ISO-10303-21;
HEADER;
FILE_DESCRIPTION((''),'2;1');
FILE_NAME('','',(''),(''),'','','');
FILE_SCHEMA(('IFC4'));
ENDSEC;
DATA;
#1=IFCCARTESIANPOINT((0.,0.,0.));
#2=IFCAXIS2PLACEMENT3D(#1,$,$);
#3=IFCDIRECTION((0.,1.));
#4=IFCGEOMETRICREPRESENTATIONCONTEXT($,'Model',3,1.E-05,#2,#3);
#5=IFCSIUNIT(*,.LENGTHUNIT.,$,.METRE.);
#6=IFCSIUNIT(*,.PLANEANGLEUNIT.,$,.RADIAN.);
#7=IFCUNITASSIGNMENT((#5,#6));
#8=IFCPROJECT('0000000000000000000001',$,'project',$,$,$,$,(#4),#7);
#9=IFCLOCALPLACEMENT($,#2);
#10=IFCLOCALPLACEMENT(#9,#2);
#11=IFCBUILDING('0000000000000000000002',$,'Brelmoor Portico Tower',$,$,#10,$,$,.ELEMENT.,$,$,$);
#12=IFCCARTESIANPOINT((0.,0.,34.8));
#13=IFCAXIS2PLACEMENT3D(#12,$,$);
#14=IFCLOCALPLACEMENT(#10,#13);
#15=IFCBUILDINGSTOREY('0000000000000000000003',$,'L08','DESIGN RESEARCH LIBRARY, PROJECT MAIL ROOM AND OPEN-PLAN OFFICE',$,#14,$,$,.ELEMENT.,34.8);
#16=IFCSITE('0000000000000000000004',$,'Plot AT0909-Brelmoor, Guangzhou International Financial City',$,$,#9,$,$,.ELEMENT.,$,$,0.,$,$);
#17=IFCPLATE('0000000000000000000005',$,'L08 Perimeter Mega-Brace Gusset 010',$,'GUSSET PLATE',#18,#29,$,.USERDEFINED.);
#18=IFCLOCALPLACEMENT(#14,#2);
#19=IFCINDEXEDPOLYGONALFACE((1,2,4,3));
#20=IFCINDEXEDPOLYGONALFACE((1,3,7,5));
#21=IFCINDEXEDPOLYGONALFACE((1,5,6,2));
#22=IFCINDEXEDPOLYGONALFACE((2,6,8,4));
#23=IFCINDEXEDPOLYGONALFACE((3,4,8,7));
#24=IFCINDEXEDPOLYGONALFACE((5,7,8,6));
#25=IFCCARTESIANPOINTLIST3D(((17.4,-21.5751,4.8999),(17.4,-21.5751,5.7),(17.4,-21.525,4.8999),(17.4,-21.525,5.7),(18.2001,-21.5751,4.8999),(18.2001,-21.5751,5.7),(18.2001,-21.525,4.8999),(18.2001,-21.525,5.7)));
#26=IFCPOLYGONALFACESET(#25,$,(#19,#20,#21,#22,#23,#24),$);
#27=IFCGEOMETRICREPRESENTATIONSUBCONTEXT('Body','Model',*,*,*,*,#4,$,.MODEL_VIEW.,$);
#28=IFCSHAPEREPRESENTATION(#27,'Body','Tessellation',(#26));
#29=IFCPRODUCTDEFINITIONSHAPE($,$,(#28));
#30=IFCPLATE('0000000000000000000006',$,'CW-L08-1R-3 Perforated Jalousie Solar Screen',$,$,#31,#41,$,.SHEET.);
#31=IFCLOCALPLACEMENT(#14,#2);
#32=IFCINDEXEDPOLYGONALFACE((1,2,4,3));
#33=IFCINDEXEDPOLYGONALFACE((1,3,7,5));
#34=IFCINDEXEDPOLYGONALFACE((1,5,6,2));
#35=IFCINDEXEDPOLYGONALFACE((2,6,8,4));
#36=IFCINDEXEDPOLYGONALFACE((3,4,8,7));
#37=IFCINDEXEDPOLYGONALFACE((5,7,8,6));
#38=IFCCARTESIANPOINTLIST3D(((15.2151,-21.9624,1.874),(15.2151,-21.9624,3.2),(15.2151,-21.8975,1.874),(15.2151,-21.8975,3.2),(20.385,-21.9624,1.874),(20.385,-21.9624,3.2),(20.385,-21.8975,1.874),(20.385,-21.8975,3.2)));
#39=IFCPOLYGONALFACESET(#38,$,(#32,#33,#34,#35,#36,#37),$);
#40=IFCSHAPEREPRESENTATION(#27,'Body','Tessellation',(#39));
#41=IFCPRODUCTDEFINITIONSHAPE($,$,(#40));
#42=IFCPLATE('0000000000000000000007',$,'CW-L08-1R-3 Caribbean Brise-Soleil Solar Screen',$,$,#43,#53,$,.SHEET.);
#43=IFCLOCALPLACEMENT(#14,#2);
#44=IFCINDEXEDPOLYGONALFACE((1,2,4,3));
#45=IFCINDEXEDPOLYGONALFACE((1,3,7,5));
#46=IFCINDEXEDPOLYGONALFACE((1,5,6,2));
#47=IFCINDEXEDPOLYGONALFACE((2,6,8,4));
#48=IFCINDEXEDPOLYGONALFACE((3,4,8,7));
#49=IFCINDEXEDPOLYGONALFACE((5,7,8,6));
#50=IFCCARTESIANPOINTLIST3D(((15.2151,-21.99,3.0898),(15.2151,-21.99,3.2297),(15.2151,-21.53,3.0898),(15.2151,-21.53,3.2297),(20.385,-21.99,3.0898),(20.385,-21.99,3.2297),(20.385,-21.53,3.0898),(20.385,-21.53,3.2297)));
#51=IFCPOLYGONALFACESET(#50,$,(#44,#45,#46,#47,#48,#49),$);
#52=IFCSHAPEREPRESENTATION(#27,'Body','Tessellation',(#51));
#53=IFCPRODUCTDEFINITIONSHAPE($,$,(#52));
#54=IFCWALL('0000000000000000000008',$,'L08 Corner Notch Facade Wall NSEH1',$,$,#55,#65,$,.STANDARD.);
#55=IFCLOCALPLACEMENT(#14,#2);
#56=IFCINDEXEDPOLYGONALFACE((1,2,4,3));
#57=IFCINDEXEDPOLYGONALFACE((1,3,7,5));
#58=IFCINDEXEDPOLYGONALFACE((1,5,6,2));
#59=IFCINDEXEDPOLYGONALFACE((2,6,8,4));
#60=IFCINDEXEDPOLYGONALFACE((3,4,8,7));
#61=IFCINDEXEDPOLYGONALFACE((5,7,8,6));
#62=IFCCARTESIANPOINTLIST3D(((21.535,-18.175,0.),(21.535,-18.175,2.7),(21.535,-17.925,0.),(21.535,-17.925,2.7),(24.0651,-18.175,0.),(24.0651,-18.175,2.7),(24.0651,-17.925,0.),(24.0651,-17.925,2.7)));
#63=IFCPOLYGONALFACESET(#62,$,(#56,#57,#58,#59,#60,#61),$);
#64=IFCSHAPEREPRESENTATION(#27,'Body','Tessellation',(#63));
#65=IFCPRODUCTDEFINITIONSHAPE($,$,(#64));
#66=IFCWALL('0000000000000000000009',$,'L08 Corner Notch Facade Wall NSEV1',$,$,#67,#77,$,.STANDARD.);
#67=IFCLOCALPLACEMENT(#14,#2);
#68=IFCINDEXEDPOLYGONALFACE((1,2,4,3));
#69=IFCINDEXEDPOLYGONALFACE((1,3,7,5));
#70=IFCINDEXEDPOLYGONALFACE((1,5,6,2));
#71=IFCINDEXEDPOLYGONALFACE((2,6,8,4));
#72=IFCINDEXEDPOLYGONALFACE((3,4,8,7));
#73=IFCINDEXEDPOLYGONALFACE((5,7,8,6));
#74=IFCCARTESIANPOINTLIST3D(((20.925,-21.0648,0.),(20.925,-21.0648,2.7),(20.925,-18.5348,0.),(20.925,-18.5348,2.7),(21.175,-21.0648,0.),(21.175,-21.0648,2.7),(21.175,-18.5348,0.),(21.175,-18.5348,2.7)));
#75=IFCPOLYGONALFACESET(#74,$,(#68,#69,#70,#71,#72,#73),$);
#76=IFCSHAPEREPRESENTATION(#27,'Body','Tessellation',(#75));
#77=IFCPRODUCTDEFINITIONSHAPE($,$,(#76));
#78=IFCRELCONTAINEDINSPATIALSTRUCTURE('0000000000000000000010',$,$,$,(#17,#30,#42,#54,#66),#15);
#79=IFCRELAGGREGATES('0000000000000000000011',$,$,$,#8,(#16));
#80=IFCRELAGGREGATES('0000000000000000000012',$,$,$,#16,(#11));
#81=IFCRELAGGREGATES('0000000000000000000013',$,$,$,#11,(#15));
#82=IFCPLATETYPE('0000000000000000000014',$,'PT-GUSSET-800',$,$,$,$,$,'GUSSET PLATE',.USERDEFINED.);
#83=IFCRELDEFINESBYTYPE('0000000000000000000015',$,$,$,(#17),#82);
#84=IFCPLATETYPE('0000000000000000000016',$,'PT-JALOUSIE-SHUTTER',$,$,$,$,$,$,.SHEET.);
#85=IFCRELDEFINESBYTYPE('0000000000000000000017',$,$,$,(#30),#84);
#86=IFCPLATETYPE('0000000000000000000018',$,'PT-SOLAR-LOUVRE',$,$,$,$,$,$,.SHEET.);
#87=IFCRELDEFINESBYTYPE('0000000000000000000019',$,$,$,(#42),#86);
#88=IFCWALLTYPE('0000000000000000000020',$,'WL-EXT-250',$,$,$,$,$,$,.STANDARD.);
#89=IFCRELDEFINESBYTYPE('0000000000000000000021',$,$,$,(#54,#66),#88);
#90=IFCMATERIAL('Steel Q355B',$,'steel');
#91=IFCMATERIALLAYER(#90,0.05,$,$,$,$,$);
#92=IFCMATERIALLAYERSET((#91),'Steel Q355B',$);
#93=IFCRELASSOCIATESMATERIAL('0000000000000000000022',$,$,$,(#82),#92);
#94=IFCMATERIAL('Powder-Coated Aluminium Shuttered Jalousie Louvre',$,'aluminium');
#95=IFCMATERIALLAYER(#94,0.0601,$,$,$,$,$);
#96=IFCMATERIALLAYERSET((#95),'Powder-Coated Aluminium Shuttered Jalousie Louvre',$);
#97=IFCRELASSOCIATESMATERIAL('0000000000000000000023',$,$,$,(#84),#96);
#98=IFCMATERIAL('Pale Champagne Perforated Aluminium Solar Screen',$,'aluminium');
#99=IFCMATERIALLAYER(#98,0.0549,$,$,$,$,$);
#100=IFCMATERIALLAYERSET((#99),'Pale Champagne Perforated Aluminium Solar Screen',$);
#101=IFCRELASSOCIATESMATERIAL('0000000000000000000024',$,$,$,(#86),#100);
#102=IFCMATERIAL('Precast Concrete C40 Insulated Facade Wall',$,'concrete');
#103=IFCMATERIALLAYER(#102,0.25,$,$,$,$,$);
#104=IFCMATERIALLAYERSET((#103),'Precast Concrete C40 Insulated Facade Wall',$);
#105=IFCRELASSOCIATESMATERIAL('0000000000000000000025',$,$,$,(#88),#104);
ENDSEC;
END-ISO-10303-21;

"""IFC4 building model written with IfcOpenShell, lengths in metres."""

from ifc_helpers import new_model, si_unit, direction, frame, frame_2d, origin, origin_2d, place, context, subcontext, project, spatial, rectangle, extrude, material, layer, layer_set, type_object, element, save


model = new_model("IFC4")

# Units and contexts
model_context = context("Model", 3, precision=1e-05, world=origin(), true_north=direction((0.0, 1.0)))
body_context = subcontext(model_context, "Body", "Model", "MODEL_VIEW")
ifc_project = project(units=[si_unit("LENGTHUNIT", "METRE"), si_unit("PLANEANGLEUNIT", "RADIAN")], contexts=[model_context])

# Site, building, storey
site_placement = place(None, origin())
site = spatial("IfcSite", under=ifc_project, at=site_placement, Name="Plot AT0909-Brelmoor, Guangzhou International Financial City", CompositionType="ELEMENT", RefElevation=0.0)
building_placement = place(site_placement, origin())
building = spatial("IfcBuilding", under=site, at=building_placement, Name="Brelmoor Portico Tower", CompositionType="ELEMENT")
storey_placement = place(building_placement, frame((0.0, 0.0, 34.8)))
storey = spatial("IfcBuildingStorey", under=building, at=storey_placement, Name="L08", Description="DESIGN RESEARCH LIBRARY, PROJECT MAIL ROOM AND OPEN-PLAN OFFICE", CompositionType="ELEMENT", Elevation=34.8)

# Shared definitions
ifc_material_1 = material(Name="Steel Q355B", Category="steel")

# Plates
ifc_layer_1 = layer(ifc_material_1, 0.05)
ifc_layer_set_1 = layer_set([ifc_layer_1], Name="Steel Q355B")
plate_type_1 = type_object("IfcPlateType", Name="PT-GUSSET-800", ElementType="GUSSET PLATE", PredefinedType="USERDEFINED", material=ifc_layer_set_1)
plate_1_placement = place(storey_placement, frame((17.8, -21.55, 4.8999), z_axis=(0.0, 0.0, 1.0), x_axis=(1.0, 0.0, 0.0)))
element("IfcPlate", 1, at=plate_1_placement, inside=storey, type_object=plate_type_1, Name="L08 Perimeter Mega-Brace Gusset 010", ObjectType="GUSSET PLATE", PredefinedType="USERDEFINED", context=body_context, shape_type="SweptSolid", body=[
    extrude(rectangle(XDim=0.8, YDim=0.05, at=origin_2d()), origin(), (0.0, 0.0, 1.0), 0.8),
])
ifc_material_2 = material(Name="Powder-Coated Aluminium Shuttered Jalousie Louvre", Category="aluminium")
ifc_layer_2 = layer(ifc_material_2, 0.0601)
ifc_layer_set_2 = layer_set([ifc_layer_2], Name="Powder-Coated Aluminium Shuttered Jalousie Louvre")
plate_type_2 = type_object("IfcPlateType", Name="PT-JALOUSIE-SHUTTER", PredefinedType="SHEET", material=ifc_layer_set_2)
plate_2_placement = place(storey_placement, frame((17.8, -21.9299, 1.874), z_axis=(0.0, 0.0, 1.0), x_axis=(1.0, 0.0, 0.0)))
element("IfcPlate", 2, at=plate_2_placement, inside=storey, type_object=plate_type_2, Name="CW-L08-1R-3 Perforated Jalousie Solar Screen", PredefinedType="SHEET", context=body_context, shape_type="SweptSolid", body=[
    extrude(rectangle(XDim=5.1699, YDim=0.0649, at=origin_2d()), origin(), (0.0, 0.0, 1.0), 1.3259),
])
ifc_material_3 = material(Name="Pale Champagne Perforated Aluminium Solar Screen", Category="aluminium")
ifc_layer_3 = layer(ifc_material_3, 0.0549)
ifc_layer_set_3 = layer_set([ifc_layer_3], Name="Pale Champagne Perforated Aluminium Solar Screen")
plate_type_3 = type_object("IfcPlateType", Name="PT-SOLAR-LOUVRE", PredefinedType="SHEET", material=ifc_layer_set_3)
plate_3_placement = place(storey_placement, frame((17.8, -21.76, 3.0898), z_axis=(0.0, 0.0, 1.0), x_axis=(1.0, 0.0, 0.0)))
element("IfcPlate", 3, at=plate_3_placement, inside=storey, type_object=plate_type_3, Name="CW-L08-1R-3 Caribbean Brise-Soleil Solar Screen", PredefinedType="SHEET", context=body_context, shape_type="SweptSolid", body=[
    extrude(rectangle(XDim=5.1699, YDim=0.46, at=origin_2d()), origin(), (0.0, 0.0, 1.0), 0.1399),
])

# Walls
ifc_material_4 = material(Name="Precast Concrete C40 Insulated Facade Wall", Category="concrete")
ifc_layer_4 = layer(ifc_material_4, 0.25)
ifc_layer_set_4 = layer_set([ifc_layer_4], Name="Precast Concrete C40 Insulated Facade Wall")
wall_type = type_object("IfcWallType", Name="WL-EXT-250", PredefinedType="STANDARD", material=ifc_layer_set_4)
for number, where, z_axis, x_axis, name in (
    (4, (21.5349, -18.05, 0.0), (0.0, 0.0, 1.0), (1.0, 0.0, 0.0), "L08 Corner Notch Facade Wall NSEH1"),
    (5, (21.05, -21.0649, 0.0), (0.0, 0.0, 1.0), (0.0, 1.0, 0.0), "L08 Corner Notch Facade Wall NSEV1"),
):
    element("IfcWall", number, at=place(storey_placement, frame(where, z_axis=z_axis, x_axis=x_axis)), inside=storey, type_object=wall_type, Name=name, PredefinedType="STANDARD", context=body_context, shape_type="SweptSolid", body=[
        extrude(rectangle(XDim=2.53, YDim=0.25, at=frame_2d((1.2651, 0.0))), origin(), (0.0, 0.0, 1.0), 2.7),
    ])

save(model, "model.ifc")
